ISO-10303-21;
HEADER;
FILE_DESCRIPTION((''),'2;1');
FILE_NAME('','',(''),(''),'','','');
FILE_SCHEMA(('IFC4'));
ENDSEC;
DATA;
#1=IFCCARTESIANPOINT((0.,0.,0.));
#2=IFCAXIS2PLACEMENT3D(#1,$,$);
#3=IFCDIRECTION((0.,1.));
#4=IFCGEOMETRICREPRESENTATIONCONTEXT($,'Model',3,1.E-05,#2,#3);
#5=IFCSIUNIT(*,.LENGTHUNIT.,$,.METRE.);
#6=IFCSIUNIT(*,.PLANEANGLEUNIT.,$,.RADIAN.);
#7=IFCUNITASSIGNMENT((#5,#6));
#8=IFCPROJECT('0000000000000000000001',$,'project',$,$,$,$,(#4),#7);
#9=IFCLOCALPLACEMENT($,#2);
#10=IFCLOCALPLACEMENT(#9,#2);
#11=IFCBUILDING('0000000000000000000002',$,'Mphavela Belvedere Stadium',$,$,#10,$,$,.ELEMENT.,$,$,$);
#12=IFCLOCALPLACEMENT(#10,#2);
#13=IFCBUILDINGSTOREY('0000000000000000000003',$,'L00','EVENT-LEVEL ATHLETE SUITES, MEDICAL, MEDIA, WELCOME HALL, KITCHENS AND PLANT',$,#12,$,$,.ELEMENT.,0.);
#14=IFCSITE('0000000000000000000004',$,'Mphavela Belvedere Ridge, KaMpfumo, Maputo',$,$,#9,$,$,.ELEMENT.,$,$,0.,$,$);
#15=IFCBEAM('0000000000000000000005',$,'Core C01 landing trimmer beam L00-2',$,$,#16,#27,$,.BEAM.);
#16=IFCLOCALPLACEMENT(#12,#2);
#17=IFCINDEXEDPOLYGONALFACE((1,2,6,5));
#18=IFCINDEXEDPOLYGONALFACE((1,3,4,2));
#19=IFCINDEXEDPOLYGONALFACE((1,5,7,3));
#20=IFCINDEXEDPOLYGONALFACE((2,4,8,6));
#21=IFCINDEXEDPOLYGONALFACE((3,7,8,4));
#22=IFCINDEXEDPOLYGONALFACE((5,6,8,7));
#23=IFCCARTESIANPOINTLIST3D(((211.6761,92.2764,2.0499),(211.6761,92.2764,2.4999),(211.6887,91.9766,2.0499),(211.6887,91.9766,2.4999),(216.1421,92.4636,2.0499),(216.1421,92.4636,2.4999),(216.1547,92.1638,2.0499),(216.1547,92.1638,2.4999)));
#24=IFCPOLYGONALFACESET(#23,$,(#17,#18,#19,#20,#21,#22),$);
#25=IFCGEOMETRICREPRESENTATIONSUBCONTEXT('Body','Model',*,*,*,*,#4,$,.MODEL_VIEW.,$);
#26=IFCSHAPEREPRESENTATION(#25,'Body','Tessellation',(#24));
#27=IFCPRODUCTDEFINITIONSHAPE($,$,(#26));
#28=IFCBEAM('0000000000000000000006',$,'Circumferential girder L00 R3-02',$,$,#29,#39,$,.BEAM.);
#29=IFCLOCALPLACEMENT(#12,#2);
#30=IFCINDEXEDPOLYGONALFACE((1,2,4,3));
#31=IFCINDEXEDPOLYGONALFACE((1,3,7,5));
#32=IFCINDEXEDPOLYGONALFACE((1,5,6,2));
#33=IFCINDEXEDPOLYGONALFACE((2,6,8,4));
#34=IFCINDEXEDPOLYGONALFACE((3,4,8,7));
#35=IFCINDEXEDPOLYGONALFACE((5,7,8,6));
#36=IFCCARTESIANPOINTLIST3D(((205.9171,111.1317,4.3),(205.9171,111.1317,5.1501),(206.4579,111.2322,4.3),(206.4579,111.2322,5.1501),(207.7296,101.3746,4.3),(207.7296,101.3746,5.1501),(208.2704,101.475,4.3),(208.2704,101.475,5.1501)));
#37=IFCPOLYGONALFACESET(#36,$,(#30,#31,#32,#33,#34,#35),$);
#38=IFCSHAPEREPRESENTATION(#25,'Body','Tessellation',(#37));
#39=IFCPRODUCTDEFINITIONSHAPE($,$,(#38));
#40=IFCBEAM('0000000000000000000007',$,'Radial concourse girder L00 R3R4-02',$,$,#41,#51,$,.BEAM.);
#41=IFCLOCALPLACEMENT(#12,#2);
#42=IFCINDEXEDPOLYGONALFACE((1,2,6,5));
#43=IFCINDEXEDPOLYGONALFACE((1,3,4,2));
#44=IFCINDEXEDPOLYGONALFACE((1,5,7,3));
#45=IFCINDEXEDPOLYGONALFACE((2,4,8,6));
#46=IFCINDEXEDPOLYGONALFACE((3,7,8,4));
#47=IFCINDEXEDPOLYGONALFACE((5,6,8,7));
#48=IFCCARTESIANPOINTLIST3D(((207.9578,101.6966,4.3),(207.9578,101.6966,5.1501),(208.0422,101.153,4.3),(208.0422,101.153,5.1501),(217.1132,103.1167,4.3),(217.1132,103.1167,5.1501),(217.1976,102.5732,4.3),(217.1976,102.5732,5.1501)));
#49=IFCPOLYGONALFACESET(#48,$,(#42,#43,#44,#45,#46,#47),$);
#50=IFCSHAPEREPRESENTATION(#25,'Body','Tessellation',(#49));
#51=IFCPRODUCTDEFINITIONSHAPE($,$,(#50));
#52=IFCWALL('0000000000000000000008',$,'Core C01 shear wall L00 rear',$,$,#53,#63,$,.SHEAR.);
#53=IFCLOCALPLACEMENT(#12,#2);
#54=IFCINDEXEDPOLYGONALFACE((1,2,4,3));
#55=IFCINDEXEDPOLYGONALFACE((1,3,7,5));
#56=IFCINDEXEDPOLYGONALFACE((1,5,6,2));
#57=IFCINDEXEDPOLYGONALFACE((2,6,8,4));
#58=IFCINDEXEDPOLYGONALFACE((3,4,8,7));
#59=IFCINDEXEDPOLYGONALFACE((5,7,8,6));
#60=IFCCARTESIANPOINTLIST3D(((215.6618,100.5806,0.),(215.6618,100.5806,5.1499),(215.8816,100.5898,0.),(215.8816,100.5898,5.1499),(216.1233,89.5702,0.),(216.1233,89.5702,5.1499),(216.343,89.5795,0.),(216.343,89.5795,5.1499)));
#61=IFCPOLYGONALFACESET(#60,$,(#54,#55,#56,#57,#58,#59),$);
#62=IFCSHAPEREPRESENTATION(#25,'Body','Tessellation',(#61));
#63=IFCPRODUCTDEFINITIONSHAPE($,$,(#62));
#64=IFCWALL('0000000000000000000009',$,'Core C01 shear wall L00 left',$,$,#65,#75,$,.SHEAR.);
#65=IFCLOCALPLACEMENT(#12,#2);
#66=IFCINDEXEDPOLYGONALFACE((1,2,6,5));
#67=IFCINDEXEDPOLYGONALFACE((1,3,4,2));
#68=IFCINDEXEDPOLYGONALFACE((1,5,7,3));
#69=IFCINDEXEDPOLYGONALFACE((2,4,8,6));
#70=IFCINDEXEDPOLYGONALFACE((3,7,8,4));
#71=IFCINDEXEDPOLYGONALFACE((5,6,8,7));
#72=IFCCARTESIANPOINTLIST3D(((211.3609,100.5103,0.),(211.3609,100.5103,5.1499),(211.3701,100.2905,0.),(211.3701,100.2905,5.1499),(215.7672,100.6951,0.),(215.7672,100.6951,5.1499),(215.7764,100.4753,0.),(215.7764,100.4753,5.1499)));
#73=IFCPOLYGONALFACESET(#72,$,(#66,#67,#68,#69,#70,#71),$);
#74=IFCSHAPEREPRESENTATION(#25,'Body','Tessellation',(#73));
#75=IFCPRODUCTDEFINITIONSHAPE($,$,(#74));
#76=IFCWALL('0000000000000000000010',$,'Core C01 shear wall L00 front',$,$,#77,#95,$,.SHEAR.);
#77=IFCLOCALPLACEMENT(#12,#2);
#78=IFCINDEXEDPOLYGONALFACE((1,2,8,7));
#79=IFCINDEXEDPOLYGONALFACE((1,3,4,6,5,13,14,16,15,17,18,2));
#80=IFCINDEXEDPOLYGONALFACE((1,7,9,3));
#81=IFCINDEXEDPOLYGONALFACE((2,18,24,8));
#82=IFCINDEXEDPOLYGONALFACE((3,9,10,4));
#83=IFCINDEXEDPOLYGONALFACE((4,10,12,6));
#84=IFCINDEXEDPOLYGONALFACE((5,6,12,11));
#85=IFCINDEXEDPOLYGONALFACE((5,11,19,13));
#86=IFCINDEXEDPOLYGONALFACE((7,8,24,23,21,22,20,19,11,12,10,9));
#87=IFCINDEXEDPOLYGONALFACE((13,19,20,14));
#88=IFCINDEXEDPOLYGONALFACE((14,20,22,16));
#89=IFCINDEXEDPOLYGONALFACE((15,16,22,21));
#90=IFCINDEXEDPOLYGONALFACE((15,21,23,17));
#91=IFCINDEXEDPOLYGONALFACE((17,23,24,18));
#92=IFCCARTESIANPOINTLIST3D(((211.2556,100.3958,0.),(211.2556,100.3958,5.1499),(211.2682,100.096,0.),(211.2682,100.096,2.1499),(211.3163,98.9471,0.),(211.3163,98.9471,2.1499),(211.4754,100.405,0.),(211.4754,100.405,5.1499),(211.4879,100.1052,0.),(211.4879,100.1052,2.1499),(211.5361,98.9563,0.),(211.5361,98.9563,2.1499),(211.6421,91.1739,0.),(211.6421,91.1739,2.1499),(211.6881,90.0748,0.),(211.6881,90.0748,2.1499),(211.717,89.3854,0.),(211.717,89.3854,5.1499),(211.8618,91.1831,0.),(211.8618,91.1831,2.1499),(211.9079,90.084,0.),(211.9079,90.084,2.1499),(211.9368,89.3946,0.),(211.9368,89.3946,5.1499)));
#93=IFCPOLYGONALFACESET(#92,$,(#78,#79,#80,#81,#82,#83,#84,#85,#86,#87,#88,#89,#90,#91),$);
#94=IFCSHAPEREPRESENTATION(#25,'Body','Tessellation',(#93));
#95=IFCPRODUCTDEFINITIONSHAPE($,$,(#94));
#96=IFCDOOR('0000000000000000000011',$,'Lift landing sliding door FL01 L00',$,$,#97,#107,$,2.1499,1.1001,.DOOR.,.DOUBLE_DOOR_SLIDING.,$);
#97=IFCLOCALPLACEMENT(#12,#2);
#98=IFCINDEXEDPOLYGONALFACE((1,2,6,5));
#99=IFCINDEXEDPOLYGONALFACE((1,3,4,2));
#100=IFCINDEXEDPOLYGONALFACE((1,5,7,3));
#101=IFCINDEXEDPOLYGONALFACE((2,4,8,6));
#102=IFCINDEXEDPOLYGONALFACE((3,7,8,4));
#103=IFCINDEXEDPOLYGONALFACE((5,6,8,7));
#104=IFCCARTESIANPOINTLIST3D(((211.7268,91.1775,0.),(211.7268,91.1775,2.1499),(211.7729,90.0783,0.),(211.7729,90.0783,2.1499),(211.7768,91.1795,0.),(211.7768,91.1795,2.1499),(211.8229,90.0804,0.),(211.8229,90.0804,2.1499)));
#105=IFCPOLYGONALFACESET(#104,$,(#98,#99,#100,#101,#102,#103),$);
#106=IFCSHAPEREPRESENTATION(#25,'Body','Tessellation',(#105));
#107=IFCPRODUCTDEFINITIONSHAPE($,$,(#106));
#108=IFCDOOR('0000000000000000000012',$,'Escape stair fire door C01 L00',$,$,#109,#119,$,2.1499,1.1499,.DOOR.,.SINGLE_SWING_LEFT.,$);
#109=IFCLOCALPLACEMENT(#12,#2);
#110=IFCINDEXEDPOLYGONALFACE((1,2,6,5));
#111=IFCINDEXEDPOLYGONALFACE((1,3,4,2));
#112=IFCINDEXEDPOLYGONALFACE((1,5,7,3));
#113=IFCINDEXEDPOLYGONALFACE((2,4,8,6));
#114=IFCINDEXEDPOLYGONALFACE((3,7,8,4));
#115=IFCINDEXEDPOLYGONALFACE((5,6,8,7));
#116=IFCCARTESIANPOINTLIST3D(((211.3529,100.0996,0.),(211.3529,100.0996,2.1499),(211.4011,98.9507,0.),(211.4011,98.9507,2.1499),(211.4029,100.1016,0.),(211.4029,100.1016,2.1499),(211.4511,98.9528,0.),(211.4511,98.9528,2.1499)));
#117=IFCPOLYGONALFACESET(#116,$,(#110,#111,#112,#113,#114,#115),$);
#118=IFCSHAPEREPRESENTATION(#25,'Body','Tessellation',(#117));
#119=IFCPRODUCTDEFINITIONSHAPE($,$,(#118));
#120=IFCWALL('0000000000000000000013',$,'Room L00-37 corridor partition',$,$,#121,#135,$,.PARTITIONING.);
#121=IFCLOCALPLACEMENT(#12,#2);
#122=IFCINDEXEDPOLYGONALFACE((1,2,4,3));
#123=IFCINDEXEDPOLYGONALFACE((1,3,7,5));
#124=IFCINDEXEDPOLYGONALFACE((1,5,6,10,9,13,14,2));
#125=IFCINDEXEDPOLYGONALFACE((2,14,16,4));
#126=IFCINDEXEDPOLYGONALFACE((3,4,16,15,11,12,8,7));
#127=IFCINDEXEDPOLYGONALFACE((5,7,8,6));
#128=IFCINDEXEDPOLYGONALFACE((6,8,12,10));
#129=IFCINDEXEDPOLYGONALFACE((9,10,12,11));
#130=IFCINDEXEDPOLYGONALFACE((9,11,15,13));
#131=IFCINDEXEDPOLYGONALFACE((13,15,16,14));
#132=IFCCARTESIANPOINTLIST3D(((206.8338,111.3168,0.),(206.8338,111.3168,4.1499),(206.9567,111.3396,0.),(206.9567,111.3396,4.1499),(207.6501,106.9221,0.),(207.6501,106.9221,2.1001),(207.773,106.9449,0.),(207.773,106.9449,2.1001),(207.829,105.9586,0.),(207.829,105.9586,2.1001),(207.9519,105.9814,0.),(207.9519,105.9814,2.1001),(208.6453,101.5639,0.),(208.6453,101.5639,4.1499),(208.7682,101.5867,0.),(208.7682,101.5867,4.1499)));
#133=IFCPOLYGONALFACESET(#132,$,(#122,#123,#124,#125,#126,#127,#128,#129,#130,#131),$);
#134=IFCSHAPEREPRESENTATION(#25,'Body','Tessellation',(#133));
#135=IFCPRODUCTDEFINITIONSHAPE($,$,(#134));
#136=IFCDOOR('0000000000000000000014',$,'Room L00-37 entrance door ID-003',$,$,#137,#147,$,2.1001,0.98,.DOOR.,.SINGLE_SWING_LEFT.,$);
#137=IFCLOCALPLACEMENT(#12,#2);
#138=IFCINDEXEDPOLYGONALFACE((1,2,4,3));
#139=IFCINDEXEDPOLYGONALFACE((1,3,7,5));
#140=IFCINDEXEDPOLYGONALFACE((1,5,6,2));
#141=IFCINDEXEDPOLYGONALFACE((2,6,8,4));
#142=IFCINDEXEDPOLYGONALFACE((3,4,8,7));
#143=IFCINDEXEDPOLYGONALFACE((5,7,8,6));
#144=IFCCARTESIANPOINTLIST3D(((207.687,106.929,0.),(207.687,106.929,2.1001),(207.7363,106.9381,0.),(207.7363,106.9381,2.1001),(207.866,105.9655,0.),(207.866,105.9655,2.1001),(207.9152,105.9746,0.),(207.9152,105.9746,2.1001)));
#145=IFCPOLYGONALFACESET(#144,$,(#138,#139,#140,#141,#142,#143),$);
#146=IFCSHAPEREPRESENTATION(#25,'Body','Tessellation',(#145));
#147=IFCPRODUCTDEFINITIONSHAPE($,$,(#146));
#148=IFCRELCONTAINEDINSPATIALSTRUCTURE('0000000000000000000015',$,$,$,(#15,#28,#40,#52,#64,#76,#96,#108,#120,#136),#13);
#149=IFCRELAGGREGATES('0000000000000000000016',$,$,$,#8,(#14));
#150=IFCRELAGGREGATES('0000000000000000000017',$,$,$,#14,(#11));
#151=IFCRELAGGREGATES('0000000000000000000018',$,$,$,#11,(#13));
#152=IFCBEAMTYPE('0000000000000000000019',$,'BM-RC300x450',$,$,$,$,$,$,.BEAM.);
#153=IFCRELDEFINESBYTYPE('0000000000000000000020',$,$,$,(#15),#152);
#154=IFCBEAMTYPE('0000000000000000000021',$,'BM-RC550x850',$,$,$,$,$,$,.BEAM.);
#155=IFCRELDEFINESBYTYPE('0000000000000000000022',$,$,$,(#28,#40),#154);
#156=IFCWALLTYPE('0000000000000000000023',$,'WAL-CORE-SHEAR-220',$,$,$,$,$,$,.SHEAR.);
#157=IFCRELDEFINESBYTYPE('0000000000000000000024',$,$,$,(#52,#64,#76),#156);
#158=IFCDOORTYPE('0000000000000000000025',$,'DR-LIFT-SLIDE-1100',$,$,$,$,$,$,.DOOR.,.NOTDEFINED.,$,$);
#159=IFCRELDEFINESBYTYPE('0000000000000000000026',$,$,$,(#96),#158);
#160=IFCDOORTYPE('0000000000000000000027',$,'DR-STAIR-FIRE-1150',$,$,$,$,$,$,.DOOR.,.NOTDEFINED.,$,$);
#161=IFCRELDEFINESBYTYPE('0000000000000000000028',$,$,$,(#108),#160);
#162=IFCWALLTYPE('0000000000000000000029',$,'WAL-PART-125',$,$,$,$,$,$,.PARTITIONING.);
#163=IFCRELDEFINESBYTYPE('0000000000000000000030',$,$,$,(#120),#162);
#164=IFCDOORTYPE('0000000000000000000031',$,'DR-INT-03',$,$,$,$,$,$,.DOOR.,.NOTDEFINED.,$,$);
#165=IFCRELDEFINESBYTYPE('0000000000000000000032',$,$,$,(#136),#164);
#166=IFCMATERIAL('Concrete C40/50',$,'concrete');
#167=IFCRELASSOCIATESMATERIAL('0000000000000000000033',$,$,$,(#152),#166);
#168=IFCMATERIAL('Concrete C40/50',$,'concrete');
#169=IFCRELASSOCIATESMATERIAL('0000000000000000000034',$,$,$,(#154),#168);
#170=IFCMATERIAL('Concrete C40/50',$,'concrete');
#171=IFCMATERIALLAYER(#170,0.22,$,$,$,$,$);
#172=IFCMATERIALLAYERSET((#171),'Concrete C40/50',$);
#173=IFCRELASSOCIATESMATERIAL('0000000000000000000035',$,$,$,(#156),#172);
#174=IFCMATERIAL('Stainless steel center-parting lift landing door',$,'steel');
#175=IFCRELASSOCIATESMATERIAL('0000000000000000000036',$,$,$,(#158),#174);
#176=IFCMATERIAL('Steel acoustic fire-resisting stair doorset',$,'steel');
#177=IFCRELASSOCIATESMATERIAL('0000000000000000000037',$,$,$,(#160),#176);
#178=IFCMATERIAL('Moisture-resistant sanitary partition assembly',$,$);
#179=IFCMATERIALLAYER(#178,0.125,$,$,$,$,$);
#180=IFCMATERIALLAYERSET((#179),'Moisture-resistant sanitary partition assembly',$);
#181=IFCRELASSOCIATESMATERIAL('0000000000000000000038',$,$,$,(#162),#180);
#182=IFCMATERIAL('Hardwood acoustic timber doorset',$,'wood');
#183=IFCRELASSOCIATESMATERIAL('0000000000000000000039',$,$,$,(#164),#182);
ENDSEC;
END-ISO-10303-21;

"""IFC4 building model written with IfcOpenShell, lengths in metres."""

from ifc_helpers import new_model, si_unit, direction, frame, frame_2d, origin, origin_2d, place, context, subcontext, project, spatial, rectangle, extrude, material, layer, layer_set, material_profile, profile_set, type_object, element, fill, save


model = new_model("IFC4")

# Units and contexts
model_context = context("Model", 3, precision=1e-05, world=origin(), true_north=direction((0.0, 1.0)))
body_context = subcontext(model_context, "Body", "Model", "MODEL_VIEW")
ifc_project = project(units=[si_unit("LENGTHUNIT", "METRE"), si_unit("PLANEANGLEUNIT", "RADIAN")], contexts=[model_context])

# Site, building, storey
site_placement = place(None, origin())
site = spatial("IfcSite", under=ifc_project, at=site_placement, Name="Mphavela Belvedere Ridge, KaMpfumo, Maputo", CompositionType="ELEMENT", RefElevation=0.0)
building_placement = place(site_placement, origin())
building = spatial("IfcBuilding", under=site, at=building_placement, Name="Mphavela Belvedere Stadium", CompositionType="ELEMENT")
storey_placement = place(building_placement, origin())
storey = spatial("IfcBuildingStorey", under=building, at=storey_placement, Name="L00", Description="EVENT-LEVEL ATHLETE SUITES, MEDICAL, MEDIA, WELCOME HALL, KITCHENS AND PLANT", CompositionType="ELEMENT", Elevation=0.0)

# Beams
ifc_material_1 = material(Name="Concrete C40/50", Category="concrete")
ifc_material_profile_1 = material_profile(ifc_material_1, rectangle(XDim=0.3, YDim=0.45, at=origin_2d()), Name="RC 300x450")
ifc_profile_set_1 = profile_set([ifc_material_profile_1], Name="Concrete C40/50")
beam_type_1 = type_object("IfcBeamType", Name="BM-RC300x450", PredefinedType="BEAM", material=ifc_profile_set_1)
for number, where, z_axis, x_axis, name in (
    (1, (211.6824, 92.1265, 2.2749), (0.999122, 0.041892, 0.0), (-0.041892, 0.999122, 0.0), "Core C01 landing trimmer beam L00-2"),
):
    element("IfcBeam", number, at=place(storey_placement, frame(where, z_axis=z_axis, x_axis=x_axis)), inside=storey, type_object=beam_type_1, Name=name, PredefinedType="BEAM", context=body_context, shape_type="SweptSolid", body=[
        extrude(rectangle(XDim=0.3, YDim=0.45, at=origin_2d()), origin(), (0.0, 0.0, 1.0), 4.47),
    ])
ifc_material_2 = material(Name="Concrete C40/50", Category="concrete")
ifc_material_profile_2 = material_profile(ifc_material_2, rectangle(XDim=0.55, YDim=0.8501, at=origin_2d()), Name="RC 550x850")
ifc_profile_set_2 = profile_set([ifc_material_profile_2], Name="Concrete C40/50")
beam_type_2 = type_object("IfcBeamType", Name="BM-RC550x850", PredefinedType="BEAM", material=ifc_profile_set_2)
beam_1_placement = place(storey_placement, frame((208.0, 101.4248, 4.7251), z_axis=(-0.182638, 0.98318, 0.0), x_axis=(-0.98318, -0.182638, 0.0)))
element("IfcBeam", 2, at=beam_1_placement, inside=storey, type_object=beam_type_2, Name="Circumferential girder L00 R3-02", PredefinedType="BEAM", context=body_context, shape_type="SweptSolid", body=[
    extrude(rectangle(XDim=0.55, YDim=0.8501, at=origin_2d()), origin(), (0.0, 0.0, 1.0), 9.9241),
])
beam_2_placement = place(storey_placement, frame((208.0, 101.4248, 4.7251), z_axis=(0.988182, 0.153283, 0.0), x_axis=(-0.153283, 0.988182, 0.0)))
element("IfcBeam", 3, at=beam_2_placement, inside=storey, type_object=beam_type_2, Name="Radial concourse girder L00 R3R4-02", PredefinedType="BEAM", context=body_context, shape_type="SweptSolid", body=[
    extrude(rectangle(XDim=0.55, YDim=0.8501, at=origin_2d()), origin(), (0.0, 0.0, 1.0), 9.2649),
])

# Walls
ifc_material_3 = material(Name="Concrete C40/50", Category="concrete")
ifc_layer_1 = layer(ifc_material_3, 0.22)
ifc_layer_set_1 = layer_set([ifc_layer_1], Name="Concrete C40/50")
wall_type_1 = type_object("IfcWallType", Name="WAL-CORE-SHEAR-220", PredefinedType="SHEAR", material=ifc_layer_set_1)
wall_1_placement = place(storey_placement, frame((215.7717, 100.5852, 0.0), z_axis=(0.0, 0.0, 1.0), x_axis=(0.041872, -0.999123, 0.0)))
element("IfcWall", 4, at=wall_1_placement, inside=storey, type_object=wall_type_1, Name="Core C01 shear wall L00 rear", PredefinedType="SHEAR", context=body_context, shape_type="SweptSolid", body=[
    extrude(rectangle(XDim=11.02, YDim=0.22, at=frame_2d((5.51, 0.0))), origin(), (0.0, 0.0, 1.0), 5.1499),
])
wall_2_placement = place(storey_placement, frame((211.3655, 100.4004, 0.0), z_axis=(0.0, 0.0, 1.0), x_axis=(0.999122, 0.041907, 0.0)))
element("IfcWall", 5, at=wall_2_placement, inside=storey, type_object=wall_type_1, Name="Core C01 shear wall L00 left", PredefinedType="SHEAR", context=body_context, shape_type="SweptSolid", body=[
    extrude(rectangle(XDim=4.4102, YDim=0.22, at=frame_2d((2.2051, 0.0))), origin(), (0.0, 0.0, 1.0), 5.1499),
])

# Wall, openings, doors
wall_3_placement = place(storey_placement, frame((211.3655, 100.4004, 0.0), z_axis=(0.0, 0.0, 1.0), x_axis=(0.041872, -0.999123, 0.0)))
wall_3 = element("IfcWall", 6, at=wall_3_placement, inside=storey, type_object=wall_type_1, Name="Core C01 shear wall L00 front", PredefinedType="SHEAR", context=body_context, shape_type="SweptSolid", body=[
    extrude(rectangle(XDim=11.02, YDim=0.22, at=frame_2d((5.51, 0.0))), origin(), (0.0, 0.0, 1.0), 5.1499),
])
opening_1_placement = place(wall_3_placement, frame((0.3, 0.0, 0.0)))
opening_1 = element("IfcOpeningElement", 7, at=opening_1_placement, cuts=wall_3, PredefinedType="OPENING", context=body_context, shape_type="SweptSolid", body=[
    extrude(rectangle(XDim=1.1499, YDim=2.1499, at=frame_2d((0.575, 1.075))), frame((0.0, 0.1201, 0.0), z_axis=(0.0, -1.0, 0.0), x_axis=(1.0, 0.0, 0.0)), (0.0, 0.0, 1.0), 0.24),
])
opening_2_placement = place(wall_3_placement, frame((9.23, 0.0, 0.0)))
opening_2 = element("IfcOpeningElement", 8, at=opening_2_placement, cuts=wall_3, PredefinedType="OPENING", context=body_context, shape_type="SweptSolid", body=[
    extrude(rectangle(XDim=1.1001, YDim=2.1499, at=frame_2d((0.55, 1.075))), frame((0.0, 0.1201, 0.0), z_axis=(0.0, -1.0, 0.0), x_axis=(1.0, 0.0, 0.0)), (0.0, 0.0, 1.0), 0.24),
])
ifc_material_4 = material(Name="Stainless steel center-parting lift landing door", Category="steel")
door_type_1 = type_object("IfcDoorType", Name="DR-LIFT-SLIDE-1100", OperationType="NOTDEFINED", PredefinedType="DOOR", material=ifc_material_4)
door_1_placement = place(opening_2_placement, origin())
door_1 = element("IfcDoor", 9, at=door_1_placement, inside=storey, type_object=door_type_1, Name="Lift landing sliding door FL01 L00", OperationType="DOUBLE_DOOR_SLIDING", OverallHeight=2.1499, OverallWidth=1.1001, PredefinedType="DOOR", context=body_context, shape_type="SweptSolid", body=[
    extrude(rectangle(XDim=1.1001, YDim=2.1499, at=frame_2d((0.55, 1.075))), frame((0.0, 0.0249, 0.0), z_axis=(0.0, -1.0, 0.0), x_axis=(1.0, 0.0, 0.0)), (0.0, 0.0, 1.0), 0.05),
])
fill(opening_2, door_1)
ifc_material_5 = material(Name="Steel acoustic fire-resisting stair doorset", Category="steel")
door_type_2 = type_object("IfcDoorType", Name="DR-STAIR-FIRE-1150", OperationType="NOTDEFINED", PredefinedType="DOOR", material=ifc_material_5)
door_2_placement = place(opening_1_placement, origin())
door_2 = element("IfcDoor", 10, at=door_2_placement, inside=storey, type_object=door_type_2, Name="Escape stair fire door C01 L00", OperationType="SINGLE_SWING_LEFT", OverallHeight=2.1499, OverallWidth=1.1499, PredefinedType="DOOR", context=body_context, shape_type="SweptSolid", body=[
    extrude(rectangle(XDim=1.1499, YDim=2.1499, at=frame_2d((0.575, 1.075))), frame((0.0, 0.0249, 0.0), z_axis=(0.0, -1.0, 0.0), x_axis=(1.0, 0.0, 0.0)), (0.0, 0.0, 1.0), 0.05),
])
fill(opening_1, door_2)

# Wall, opening, door
ifc_material_6 = material(Name="Moisture-resistant sanitary partition assembly")
ifc_layer_2 = layer(ifc_material_6, 0.125)
ifc_layer_set_2 = layer_set([ifc_layer_2], Name="Moisture-resistant sanitary partition assembly")
wall_type_2 = type_object("IfcWallType", Name="WAL-PART-125", PredefinedType="PARTITIONING", material=ifc_layer_set_2)
wall_4_placement = place(storey_placement, frame((208.7068, 101.5752, 0.0), z_axis=(0.0, 0.0, 1.0), x_axis=(-0.182618, 0.983184, 0.0)))
wall_4 = element("IfcWall", 11, at=wall_4_placement, inside=storey, type_object=wall_type_2, Name="Room L00-37 corridor partition", PredefinedType="PARTITIONING", context=body_context, shape_type="SweptSolid", body=[
    extrude(rectangle(XDim=9.9197, YDim=0.125, at=frame_2d((4.96, 0.0))), origin(), (0.0, 0.0, 1.0), 4.1499),
])
opening_3_placement = place(wall_4_placement, frame((4.47, 0.0, 0.0)))
opening_3 = element("IfcOpeningElement", 12, at=opening_3_placement, cuts=wall_4, PredefinedType="OPENING", context=body_context, shape_type="SweptSolid", body=[
    extrude(rectangle(XDim=0.98, YDim=2.1001, at=frame_2d((0.49, 1.05))), frame((0.0, 0.0725, 0.0), z_axis=(0.0, -1.0, 0.0), x_axis=(1.0, 0.0, 0.0)), (0.0, 0.0, 1.0), 0.145),
])
ifc_material_7 = material(Name="Hardwood acoustic timber doorset", Category="wood")
door_type_3 = type_object("IfcDoorType", Name="DR-INT-03", OperationType="NOTDEFINED", PredefinedType="DOOR", material=ifc_material_7)
door_3_placement = place(opening_3_placement, origin())
door_3 = element("IfcDoor", 13, at=door_3_placement, inside=storey, type_object=door_type_3, Name="Room L00-37 entrance door ID-003", OperationType="SINGLE_SWING_LEFT", OverallHeight=2.1001, OverallWidth=0.98, PredefinedType="DOOR", context=body_context, shape_type="SweptSolid", body=[
    extrude(rectangle(XDim=0.98, YDim=2.1001, at=frame_2d((0.49, 1.05))), frame((0.0, 0.0249, 0.0), z_axis=(0.0, -1.0, 0.0), x_axis=(1.0, 0.0, 0.0)), (0.0, 0.0, 1.0), 0.05),
])
fill(opening_3, door_3)

save(model, "model.ifc")
